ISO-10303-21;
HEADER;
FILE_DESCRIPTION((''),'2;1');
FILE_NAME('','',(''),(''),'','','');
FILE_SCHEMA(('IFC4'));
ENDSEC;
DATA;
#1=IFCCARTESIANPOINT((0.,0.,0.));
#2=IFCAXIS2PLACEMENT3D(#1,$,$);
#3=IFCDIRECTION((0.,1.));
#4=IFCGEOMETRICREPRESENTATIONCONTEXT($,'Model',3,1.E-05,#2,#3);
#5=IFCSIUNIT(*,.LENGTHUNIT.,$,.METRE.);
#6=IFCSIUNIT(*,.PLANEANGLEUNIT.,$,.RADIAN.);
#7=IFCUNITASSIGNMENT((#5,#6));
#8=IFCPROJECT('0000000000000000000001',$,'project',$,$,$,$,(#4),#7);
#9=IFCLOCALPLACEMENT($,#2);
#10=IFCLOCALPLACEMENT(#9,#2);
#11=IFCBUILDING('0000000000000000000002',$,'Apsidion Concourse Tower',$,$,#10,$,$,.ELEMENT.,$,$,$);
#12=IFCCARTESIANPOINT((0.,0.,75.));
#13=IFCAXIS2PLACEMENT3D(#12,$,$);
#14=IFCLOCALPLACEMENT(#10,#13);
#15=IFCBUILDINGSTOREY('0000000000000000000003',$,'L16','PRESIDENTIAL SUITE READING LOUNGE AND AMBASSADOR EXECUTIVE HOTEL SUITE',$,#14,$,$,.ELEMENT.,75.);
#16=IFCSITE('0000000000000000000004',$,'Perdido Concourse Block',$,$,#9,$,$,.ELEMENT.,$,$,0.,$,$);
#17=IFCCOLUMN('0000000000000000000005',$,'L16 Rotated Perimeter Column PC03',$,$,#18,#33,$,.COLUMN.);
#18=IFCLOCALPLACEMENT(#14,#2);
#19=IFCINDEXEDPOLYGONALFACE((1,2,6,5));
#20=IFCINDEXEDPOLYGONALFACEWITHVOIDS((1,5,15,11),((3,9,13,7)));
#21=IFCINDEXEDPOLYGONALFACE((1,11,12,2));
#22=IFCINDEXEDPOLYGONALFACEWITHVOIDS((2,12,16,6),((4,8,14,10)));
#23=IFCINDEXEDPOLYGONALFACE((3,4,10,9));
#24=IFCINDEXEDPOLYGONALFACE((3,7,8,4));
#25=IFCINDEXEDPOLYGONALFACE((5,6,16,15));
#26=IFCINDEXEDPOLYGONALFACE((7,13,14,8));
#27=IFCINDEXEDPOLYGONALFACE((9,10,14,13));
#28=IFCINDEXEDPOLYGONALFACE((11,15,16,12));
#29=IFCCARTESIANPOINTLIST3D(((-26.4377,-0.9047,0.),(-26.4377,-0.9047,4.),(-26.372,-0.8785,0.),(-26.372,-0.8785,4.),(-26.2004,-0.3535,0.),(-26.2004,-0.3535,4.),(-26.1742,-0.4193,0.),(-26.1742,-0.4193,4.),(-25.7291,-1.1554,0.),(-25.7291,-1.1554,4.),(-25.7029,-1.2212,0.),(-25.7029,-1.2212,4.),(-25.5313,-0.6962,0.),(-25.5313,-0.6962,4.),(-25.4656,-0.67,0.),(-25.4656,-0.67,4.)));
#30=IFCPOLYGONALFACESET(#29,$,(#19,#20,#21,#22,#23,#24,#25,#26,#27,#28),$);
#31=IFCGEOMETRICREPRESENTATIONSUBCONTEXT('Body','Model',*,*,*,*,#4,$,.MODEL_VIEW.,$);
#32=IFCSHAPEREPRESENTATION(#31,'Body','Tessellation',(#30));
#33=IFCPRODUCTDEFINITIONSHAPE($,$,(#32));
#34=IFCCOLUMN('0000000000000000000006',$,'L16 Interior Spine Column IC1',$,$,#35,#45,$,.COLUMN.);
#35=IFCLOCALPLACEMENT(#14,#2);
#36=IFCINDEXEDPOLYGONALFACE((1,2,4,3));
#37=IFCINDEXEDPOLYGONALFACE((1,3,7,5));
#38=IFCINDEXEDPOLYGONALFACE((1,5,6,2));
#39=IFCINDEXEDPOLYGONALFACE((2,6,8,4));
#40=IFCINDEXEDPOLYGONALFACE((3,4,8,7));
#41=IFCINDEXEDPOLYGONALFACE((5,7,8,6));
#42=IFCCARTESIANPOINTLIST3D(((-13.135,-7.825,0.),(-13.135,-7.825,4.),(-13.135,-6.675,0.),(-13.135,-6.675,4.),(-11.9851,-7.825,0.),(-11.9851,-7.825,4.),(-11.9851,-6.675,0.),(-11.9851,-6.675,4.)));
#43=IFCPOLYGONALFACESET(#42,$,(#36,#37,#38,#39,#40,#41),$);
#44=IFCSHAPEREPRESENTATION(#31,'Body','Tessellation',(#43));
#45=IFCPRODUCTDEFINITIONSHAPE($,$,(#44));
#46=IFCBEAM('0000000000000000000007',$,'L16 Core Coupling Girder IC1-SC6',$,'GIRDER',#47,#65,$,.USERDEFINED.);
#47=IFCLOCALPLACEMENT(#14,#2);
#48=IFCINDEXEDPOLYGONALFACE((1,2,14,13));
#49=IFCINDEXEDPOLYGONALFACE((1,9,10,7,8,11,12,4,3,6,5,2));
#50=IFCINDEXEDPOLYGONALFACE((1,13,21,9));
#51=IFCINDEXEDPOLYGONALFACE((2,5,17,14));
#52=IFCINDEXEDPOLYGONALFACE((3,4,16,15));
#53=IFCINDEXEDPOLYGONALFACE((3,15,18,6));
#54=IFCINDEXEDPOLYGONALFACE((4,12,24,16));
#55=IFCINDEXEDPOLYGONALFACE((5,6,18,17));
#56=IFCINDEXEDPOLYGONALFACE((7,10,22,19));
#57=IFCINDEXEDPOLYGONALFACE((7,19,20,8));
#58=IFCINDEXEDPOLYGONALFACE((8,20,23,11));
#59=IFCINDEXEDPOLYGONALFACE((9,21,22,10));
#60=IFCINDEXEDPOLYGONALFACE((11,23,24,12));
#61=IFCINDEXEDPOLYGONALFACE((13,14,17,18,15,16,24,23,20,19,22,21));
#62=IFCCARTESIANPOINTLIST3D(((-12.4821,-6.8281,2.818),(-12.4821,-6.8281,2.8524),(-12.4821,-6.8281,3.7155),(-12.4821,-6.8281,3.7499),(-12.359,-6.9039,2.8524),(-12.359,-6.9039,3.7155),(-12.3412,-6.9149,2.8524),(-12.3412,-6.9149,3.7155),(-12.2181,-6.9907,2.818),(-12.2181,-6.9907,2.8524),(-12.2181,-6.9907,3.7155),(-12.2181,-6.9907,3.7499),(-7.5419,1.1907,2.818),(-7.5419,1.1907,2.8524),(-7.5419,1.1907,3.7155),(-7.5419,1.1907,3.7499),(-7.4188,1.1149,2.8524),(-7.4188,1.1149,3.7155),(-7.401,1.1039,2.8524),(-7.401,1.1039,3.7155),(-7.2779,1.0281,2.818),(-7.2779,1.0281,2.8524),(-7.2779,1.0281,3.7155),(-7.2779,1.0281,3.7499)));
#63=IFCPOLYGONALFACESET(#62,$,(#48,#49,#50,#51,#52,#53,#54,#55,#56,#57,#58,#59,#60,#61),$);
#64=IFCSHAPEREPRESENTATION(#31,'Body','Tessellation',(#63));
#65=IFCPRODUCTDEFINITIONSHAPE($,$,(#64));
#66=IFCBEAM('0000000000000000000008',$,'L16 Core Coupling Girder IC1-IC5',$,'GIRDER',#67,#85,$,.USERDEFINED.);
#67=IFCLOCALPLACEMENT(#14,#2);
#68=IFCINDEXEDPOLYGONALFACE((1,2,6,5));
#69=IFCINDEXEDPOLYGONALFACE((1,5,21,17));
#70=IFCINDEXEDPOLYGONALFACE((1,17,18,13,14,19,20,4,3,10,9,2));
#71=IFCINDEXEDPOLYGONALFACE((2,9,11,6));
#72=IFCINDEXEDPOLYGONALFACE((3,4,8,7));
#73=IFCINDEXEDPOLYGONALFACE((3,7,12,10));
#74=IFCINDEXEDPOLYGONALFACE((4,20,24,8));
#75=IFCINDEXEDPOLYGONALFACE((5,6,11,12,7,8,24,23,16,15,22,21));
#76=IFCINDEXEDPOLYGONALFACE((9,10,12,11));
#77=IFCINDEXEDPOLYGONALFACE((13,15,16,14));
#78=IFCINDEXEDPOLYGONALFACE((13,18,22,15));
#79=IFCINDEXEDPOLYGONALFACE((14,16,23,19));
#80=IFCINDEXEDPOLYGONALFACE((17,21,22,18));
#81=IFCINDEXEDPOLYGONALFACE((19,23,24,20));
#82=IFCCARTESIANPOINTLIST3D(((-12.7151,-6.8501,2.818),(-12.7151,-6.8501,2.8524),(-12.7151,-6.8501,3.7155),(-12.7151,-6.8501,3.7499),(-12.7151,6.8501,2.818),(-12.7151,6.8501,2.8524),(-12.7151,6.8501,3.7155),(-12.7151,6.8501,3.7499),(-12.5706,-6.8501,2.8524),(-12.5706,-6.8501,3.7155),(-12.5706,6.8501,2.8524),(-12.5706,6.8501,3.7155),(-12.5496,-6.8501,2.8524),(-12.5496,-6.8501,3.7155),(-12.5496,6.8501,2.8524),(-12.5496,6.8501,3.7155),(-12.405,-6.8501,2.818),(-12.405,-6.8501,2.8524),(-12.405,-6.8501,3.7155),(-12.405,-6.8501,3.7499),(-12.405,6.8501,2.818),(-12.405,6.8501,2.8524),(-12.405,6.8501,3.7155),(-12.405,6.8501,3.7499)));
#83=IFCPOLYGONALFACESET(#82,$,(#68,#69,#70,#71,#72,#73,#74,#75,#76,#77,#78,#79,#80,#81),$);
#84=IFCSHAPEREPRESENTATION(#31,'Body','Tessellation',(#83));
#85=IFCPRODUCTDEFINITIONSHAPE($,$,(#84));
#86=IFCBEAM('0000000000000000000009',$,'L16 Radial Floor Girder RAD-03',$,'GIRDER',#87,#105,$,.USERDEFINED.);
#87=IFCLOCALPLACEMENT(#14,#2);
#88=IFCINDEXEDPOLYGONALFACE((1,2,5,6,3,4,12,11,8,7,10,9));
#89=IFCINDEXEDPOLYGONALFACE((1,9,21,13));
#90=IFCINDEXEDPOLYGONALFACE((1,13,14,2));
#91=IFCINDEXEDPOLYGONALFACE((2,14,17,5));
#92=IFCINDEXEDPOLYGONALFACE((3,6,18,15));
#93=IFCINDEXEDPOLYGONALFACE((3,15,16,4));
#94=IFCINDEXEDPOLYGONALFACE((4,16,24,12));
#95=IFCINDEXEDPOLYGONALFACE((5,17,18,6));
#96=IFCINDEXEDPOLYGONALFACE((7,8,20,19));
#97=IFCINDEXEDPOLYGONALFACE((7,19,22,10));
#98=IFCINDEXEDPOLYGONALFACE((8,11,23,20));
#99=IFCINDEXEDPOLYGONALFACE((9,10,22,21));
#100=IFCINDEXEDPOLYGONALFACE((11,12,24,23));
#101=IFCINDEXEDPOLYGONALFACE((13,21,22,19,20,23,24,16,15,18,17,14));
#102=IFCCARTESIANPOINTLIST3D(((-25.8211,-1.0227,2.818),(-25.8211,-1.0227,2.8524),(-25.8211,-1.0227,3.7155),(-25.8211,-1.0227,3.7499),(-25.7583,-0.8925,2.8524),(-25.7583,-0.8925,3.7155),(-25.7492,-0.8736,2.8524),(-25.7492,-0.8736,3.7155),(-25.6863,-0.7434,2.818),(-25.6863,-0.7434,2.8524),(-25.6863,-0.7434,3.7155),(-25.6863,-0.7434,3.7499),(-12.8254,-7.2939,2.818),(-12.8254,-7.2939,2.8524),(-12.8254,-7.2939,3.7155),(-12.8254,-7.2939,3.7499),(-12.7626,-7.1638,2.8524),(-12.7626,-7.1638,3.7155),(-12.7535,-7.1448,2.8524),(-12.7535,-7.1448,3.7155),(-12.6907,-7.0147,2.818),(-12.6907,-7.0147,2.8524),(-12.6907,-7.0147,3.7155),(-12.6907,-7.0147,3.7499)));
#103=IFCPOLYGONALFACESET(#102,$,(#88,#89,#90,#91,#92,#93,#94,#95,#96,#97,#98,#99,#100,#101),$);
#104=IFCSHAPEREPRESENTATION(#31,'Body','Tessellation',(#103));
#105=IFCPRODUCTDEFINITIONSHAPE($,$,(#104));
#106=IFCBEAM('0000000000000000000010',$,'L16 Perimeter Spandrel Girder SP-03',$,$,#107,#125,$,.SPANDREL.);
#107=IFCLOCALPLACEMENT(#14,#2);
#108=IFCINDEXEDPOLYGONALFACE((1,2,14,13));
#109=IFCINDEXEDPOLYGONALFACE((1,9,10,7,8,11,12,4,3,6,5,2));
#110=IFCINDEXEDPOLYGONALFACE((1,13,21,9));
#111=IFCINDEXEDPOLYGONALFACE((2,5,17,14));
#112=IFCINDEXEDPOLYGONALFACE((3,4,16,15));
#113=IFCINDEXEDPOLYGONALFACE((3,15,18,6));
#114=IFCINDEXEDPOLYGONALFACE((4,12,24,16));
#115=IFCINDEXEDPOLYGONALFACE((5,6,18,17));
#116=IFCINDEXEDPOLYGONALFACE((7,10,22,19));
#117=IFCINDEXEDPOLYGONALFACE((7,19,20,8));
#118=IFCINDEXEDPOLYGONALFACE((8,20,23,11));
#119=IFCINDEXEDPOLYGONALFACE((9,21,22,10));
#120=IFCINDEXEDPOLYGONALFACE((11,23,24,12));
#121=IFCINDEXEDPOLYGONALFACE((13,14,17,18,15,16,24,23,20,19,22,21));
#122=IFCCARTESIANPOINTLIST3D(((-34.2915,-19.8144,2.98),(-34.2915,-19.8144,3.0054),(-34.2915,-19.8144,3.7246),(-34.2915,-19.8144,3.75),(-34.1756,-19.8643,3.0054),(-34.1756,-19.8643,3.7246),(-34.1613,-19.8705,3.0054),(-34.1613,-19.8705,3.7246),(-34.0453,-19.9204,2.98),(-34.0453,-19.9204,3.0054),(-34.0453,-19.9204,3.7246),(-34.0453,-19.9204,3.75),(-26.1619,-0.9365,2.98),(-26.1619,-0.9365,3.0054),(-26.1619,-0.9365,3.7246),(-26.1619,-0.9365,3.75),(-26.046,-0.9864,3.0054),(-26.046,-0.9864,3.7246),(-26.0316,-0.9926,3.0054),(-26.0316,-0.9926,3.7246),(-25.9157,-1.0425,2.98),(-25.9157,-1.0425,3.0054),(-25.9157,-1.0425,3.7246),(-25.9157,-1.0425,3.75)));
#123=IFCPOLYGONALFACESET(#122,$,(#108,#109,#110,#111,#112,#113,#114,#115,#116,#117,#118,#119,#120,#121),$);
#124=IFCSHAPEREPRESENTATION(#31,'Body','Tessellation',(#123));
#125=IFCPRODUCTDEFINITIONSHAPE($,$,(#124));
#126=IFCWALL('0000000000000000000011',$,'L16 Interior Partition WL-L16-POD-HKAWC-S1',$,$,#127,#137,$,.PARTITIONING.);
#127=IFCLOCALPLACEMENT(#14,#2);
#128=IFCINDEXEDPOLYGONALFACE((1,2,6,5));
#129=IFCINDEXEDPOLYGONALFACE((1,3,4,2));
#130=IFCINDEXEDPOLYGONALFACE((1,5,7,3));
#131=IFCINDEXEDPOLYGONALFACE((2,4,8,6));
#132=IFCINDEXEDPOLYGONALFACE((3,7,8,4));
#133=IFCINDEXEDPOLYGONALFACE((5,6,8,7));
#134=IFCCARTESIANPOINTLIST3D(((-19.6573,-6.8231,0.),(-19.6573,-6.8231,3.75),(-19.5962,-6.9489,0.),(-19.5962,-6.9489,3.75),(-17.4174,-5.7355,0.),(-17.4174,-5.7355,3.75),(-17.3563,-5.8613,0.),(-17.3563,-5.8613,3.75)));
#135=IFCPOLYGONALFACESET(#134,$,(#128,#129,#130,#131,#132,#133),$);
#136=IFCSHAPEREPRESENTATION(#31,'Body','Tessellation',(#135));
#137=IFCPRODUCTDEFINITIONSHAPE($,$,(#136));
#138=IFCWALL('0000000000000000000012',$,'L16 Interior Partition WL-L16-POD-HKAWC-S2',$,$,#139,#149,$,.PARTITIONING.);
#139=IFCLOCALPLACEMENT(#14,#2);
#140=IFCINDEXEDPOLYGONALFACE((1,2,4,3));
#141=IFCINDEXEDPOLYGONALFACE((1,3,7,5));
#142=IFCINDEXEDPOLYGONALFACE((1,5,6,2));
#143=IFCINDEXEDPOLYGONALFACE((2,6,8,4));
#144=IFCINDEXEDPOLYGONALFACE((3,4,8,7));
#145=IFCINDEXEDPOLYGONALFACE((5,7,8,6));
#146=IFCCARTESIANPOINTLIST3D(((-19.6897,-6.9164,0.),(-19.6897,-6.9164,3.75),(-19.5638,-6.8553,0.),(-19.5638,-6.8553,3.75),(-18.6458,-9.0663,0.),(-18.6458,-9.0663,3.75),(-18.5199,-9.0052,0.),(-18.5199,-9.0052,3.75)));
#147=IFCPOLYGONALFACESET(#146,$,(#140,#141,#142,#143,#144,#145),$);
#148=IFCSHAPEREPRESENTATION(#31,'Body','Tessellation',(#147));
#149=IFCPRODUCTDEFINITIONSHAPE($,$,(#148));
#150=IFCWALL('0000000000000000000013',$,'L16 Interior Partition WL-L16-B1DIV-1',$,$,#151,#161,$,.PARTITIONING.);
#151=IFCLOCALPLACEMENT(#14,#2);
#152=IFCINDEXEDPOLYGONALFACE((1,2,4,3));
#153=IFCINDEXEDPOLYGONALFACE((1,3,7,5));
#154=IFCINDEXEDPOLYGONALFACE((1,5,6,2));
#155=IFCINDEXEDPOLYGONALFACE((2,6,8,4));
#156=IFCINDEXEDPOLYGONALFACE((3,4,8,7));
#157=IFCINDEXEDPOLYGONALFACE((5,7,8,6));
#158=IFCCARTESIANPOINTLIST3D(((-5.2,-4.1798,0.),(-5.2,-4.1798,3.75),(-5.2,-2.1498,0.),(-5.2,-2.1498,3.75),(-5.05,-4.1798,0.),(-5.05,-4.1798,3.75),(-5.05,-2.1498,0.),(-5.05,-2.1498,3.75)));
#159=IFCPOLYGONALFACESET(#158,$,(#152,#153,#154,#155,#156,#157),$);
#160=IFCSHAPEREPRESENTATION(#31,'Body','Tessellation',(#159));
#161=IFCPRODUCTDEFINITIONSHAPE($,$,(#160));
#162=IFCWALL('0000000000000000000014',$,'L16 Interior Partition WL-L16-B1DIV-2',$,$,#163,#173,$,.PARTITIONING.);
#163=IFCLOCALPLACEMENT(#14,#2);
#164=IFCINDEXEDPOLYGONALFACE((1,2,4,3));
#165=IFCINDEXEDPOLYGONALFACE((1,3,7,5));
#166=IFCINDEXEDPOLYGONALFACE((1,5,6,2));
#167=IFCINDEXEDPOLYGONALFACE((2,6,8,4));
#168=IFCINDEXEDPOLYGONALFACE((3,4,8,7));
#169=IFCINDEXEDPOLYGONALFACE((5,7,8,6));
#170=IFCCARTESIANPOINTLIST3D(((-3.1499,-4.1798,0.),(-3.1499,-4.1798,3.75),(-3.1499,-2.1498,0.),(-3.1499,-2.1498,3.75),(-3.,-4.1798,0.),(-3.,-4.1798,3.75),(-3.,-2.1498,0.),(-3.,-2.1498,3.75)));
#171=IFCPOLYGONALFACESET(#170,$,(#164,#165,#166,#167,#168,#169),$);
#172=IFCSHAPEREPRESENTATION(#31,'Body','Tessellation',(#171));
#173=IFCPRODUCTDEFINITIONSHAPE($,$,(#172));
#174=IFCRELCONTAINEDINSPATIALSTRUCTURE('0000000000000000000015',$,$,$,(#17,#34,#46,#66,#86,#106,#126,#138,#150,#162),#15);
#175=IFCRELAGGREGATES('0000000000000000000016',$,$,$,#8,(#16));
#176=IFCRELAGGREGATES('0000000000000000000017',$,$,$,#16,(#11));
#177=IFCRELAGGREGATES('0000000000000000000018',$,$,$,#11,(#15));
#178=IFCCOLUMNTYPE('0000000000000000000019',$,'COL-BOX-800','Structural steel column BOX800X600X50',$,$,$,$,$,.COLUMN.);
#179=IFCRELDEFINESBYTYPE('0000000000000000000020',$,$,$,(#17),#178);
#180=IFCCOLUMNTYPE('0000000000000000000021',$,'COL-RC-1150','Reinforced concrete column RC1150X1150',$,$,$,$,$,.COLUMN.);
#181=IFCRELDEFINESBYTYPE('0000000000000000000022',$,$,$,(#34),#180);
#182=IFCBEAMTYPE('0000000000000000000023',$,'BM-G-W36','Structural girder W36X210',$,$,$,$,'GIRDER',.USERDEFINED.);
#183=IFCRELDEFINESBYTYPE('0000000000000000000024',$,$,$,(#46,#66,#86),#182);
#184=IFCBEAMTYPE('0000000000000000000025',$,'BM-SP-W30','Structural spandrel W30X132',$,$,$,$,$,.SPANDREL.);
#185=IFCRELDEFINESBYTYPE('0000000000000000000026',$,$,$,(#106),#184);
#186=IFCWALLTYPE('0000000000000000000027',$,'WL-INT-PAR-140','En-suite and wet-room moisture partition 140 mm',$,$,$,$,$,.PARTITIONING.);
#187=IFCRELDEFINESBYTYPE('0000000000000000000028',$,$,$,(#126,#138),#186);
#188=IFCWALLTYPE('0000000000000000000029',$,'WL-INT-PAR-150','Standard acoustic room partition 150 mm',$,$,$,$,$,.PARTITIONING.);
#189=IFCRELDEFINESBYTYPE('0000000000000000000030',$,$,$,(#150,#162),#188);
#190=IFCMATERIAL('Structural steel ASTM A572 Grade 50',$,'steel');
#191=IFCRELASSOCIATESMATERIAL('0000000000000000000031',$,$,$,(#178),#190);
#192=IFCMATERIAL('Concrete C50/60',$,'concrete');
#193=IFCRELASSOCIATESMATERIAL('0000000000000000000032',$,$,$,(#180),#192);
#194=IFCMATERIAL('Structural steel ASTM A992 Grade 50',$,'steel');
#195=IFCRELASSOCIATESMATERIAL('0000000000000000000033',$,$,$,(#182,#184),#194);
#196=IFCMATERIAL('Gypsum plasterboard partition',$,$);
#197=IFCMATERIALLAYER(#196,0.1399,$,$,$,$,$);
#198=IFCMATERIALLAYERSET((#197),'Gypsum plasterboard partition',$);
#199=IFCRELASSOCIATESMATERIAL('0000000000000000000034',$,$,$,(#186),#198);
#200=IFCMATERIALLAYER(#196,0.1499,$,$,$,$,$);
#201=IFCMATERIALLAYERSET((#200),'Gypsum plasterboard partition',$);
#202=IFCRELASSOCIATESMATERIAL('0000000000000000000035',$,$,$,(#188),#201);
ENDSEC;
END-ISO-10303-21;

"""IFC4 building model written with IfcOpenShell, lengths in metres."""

from ifc_helpers import new_model, si_unit, direction, frame, frame_2d, origin, origin_2d, place, context, subcontext, project, spatial, rectangle, hollow_rectangle, i_section, extrude, material, layer, layer_set, material_profile, profile_set, type_object, element, save


model = new_model("IFC4")

# Units and contexts
model_context = context("Model", 3, precision=1e-05, world=origin(), true_north=direction((0.0, 1.0)))
body_context = subcontext(model_context, "Body", "Model", "MODEL_VIEW")
ifc_project = project(units=[si_unit("LENGTHUNIT", "METRE"), si_unit("PLANEANGLEUNIT", "RADIAN")], contexts=[model_context])

# Site, building, storey
site_placement = place(None, origin())
site = spatial("IfcSite", under=ifc_project, at=site_placement, Name="Perdido Concourse Block", CompositionType="ELEMENT", RefElevation=0.0)
building_placement = place(site_placement, origin())
building = spatial("IfcBuilding", under=site, at=building_placement, Name="Apsidion Concourse Tower", CompositionType="ELEMENT")
storey_placement = place(building_placement, frame((0.0, 0.0, 75.0)))
storey = spatial("IfcBuildingStorey", under=building, at=storey_placement, Name="L16", Description="PRESIDENTIAL SUITE READING LOUNGE AND AMBASSADOR EXECUTIVE HOTEL SUITE", CompositionType="ELEMENT", Elevation=75.0)

# Columns
ifc_material_1 = material(Name="Structural steel ASTM A572 Grade 50", Category="steel")
ifc_material_profile_1 = material_profile(ifc_material_1, hollow_rectangle(XDim=0.6001, YDim=0.8, WallThickness=0.05, at=origin_2d()), Name="BOX800X600X50")
ifc_profile_set_1 = profile_set([ifc_material_profile_1], Name="Structural steel ASTM A572 Grade 50")
column_type_1 = type_object("IfcColumnType", Name="COL-BOX-800", Description="Structural steel column BOX800X600X50", PredefinedType="COLUMN", material=ifc_profile_set_1)
column_1_placement = place(storey_placement, frame((-25.9517, -0.7874, 0.0), z_axis=(0.0, 0.0, 1.0), x_axis=(0.395546, 0.918446, 0.0)))
element("IfcColumn", 1, at=column_1_placement, inside=storey, type_object=column_type_1, Name="L16 Rotated Perimeter Column PC03", PredefinedType="COLUMN", context=body_context, shape_type="SweptSolid", body=[
    extrude(hollow_rectangle(XDim=0.6001, YDim=0.8, WallThickness=0.05, at=origin_2d()), origin(), (0.0, 0.0, 1.0), 4.0),
])
ifc_material_2 = material(Name="Concrete C50/60", Category="concrete")
ifc_material_profile_2 = material_profile(ifc_material_2, rectangle(XDim=1.1499, YDim=1.1499, at=origin_2d()), Name="RC 1150x1150")
ifc_profile_set_2 = profile_set([ifc_material_profile_2], Name="Concrete C50/60")
column_type_2 = type_object("IfcColumnType", Name="COL-RC-1150", Description="Reinforced concrete column RC1150X1150", PredefinedType="COLUMN", material=ifc_profile_set_2)
column_2_placement = place(storey_placement, frame((-12.5601, -7.25, 0.0), z_axis=(0.0, 0.0, 1.0), x_axis=(1.0, 0.0, 0.0)))
element("IfcColumn", 2, at=column_2_placement, inside=storey, type_object=column_type_2, Name="L16 Interior Spine Column IC1", PredefinedType="COLUMN", context=body_context, shape_type="SweptSolid", body=[
    extrude(rectangle(XDim=1.1499, YDim=1.1499, at=origin_2d()), origin(), (0.0, 0.0, 1.0), 4.0),
])

# Beams
ifc_material_3 = material(Name="Structural steel ASTM A992 Grade 50", Category="steel")
ifc_material_profile_3 = material_profile(ifc_material_3, i_section(OverallWidth=0.3101, OverallDepth=0.9319, WebThickness=0.021, FlangeThickness=0.0344, at=origin_2d()), Name="W36X210")
ifc_profile_set_3 = profile_set([ifc_material_profile_3], Name="Structural steel ASTM A992 Grade 50")
beam_type_1 = type_object("IfcBeamType", Name="BM-G-W36", Description="Structural girder W36X210", ElementType="GIRDER", PredefinedType="USERDEFINED", material=ifc_profile_set_3)
beam_1_placement = place(storey_placement, frame((-12.3501, -6.9094, 3.2839), z_axis=(0.524524, 0.851396, 0.0), x_axis=(-0.851396, 0.524524, 0.0)))
element("IfcBeam", 3, at=beam_1_placement, inside=storey, type_object=beam_type_1, Name="L16 Core Coupling Girder IC1-SC6", ObjectType="GIRDER", PredefinedType="USERDEFINED", context=body_context, shape_type="SweptSolid", body=[
    extrude(i_section(OverallWidth=0.3101, OverallDepth=0.9319, WebThickness=0.021, FlangeThickness=0.0344, at=origin_2d()), origin(), (0.0, 0.0, 1.0), 9.4185),
])
beam_2_placement = place(storey_placement, frame((-12.5601, -6.8501, 3.2839), z_axis=(0.0, 1.0, 0.0), x_axis=(-1.0, 0.0, 0.0)))
element("IfcBeam", 4, at=beam_2_placement, inside=storey, type_object=beam_type_1, Name="L16 Core Coupling Girder IC1-IC5", ObjectType="GIRDER", PredefinedType="USERDEFINED", context=body_context, shape_type="SweptSolid", body=[
    extrude(i_section(OverallWidth=0.3101, OverallDepth=0.9319, WebThickness=0.021, FlangeThickness=0.0344, at=origin_2d()), origin(), (0.0, 0.0, 1.0), 13.7002),
])
beam_3_placement = place(storey_placement, frame((-12.7581, -7.1543, 3.2839), z_axis=(-0.900619, 0.434609, 0.0), x_axis=(-0.434609, -0.900619, 0.0)))
element("IfcBeam", 5, at=beam_3_placement, inside=storey, type_object=beam_type_1, Name="L16 Radial Floor Girder RAD-03", ObjectType="GIRDER", PredefinedType="USERDEFINED", context=body_context, shape_type="SweptSolid", body=[
    extrude(i_section(OverallWidth=0.3101, OverallDepth=0.9319, WebThickness=0.021, FlangeThickness=0.0344, at=origin_2d()), origin(), (0.0, 0.0, 1.0), 14.4297),
])
ifc_material_profile_4 = material_profile(ifc_material_3, i_section(OverallWidth=0.2681, OverallDepth=0.77, WebThickness=0.0156, FlangeThickness=0.0254, at=origin_2d()), Name="W30X132")
ifc_profile_set_4 = profile_set([ifc_material_profile_4], Name="Structural steel ASTM A992 Grade 50")
beam_type_2 = type_object("IfcBeamType", Name="BM-SP-W30", Description="Structural spandrel W30X132", PredefinedType="SPANDREL", material=ifc_profile_set_4)
beam_4_placement = place(storey_placement, frame((-26.0388, -0.9895, 3.365), z_axis=(-0.395526, -0.918455, 0.0), x_axis=(0.918455, -0.395526, 0.0)))
element("IfcBeam", 6, at=beam_4_placement, inside=storey, type_object=beam_type_2, Name="L16 Perimeter Spandrel Girder SP-03", PredefinedType="SPANDREL", context=body_context, shape_type="SweptSolid", body=[
    extrude(i_section(OverallWidth=0.2681, OverallDepth=0.77, WebThickness=0.0156, FlangeThickness=0.0254, at=origin_2d()), origin(), (0.0, 0.0, 1.0), 20.554),
])

# Walls
ifc_material_4 = material(Name="Gypsum plasterboard partition")
ifc_layer_1 = layer(ifc_material_4, 0.1399)
ifc_layer_set_1 = layer_set([ifc_layer_1], Name="Gypsum plasterboard partition")
wall_type_1 = type_object("IfcWallType", Name="WL-INT-PAR-140", Description="En-suite and wet-room moisture partition 140 mm", PredefinedType="PARTITIONING", material=ifc_layer_set_1)
wall_1_placement = place(storey_placement, frame((-17.3867, -5.7983, 0.0), z_axis=(0.0, 0.0, 1.0), x_axis=(-0.899563, -0.436791, 0.0)))
element("IfcWall", 7, at=wall_1_placement, inside=storey, type_object=wall_type_1, Name="L16 Interior Partition WL-L16-POD-HKAWC-S1", PredefinedType="PARTITIONING", context=body_context, shape_type="SweptSolid", body=[
    extrude(rectangle(XDim=2.49, YDim=0.1399, at=frame_2d((1.2451, 0.0))), origin(), (0.0, 0.0, 1.0), 3.75),
])
wall_2_placement = place(storey_placement, frame((-19.6267, -6.886, 0.0), z_axis=(0.0, 0.0, 1.0), x_axis=(0.436805, -0.899556, 0.0)))
element("IfcWall", 8, at=wall_2_placement, inside=storey, type_object=wall_type_1, Name="L16 Interior Partition WL-L16-POD-HKAWC-S2", PredefinedType="PARTITIONING", context=body_context, shape_type="SweptSolid", body=[
    extrude(rectangle(XDim=2.3899, YDim=0.1399, at=frame_2d((1.1948, 0.0))), origin(), (0.0, 0.0, 1.0), 3.75),
])
ifc_layer_2 = layer(ifc_material_4, 0.1499)
ifc_layer_set_2 = layer_set([ifc_layer_2], Name="Gypsum plasterboard partition")
wall_type_2 = type_object("IfcWallType", Name="WL-INT-PAR-150", Description="Standard acoustic room partition 150 mm", PredefinedType="PARTITIONING", material=ifc_layer_set_2)
for number, where, z_axis, x_axis, name in (
    (9, (-5.125, -4.1799, 0.0), (0.0, 0.0, 1.0), (0.0, 1.0, 0.0), "L16 Interior Partition WL-L16-B1DIV-1"),
    (10, (-3.075, -4.1799, 0.0), (0.0, 0.0, 1.0), (0.0, 1.0, 0.0), "L16 Interior Partition WL-L16-B1DIV-2"),
):
    element("IfcWall", number, at=place(storey_placement, frame(where, z_axis=z_axis, x_axis=x_axis)), inside=storey, type_object=wall_type_2, Name=name, PredefinedType="PARTITIONING", context=body_context, shape_type="SweptSolid", body=[
        extrude(rectangle(XDim=2.03, YDim=0.1499, at=frame_2d((1.0151, 0.0))), origin(), (0.0, 0.0, 1.0), 3.75),
    ])

save(model, "model.ifc")
